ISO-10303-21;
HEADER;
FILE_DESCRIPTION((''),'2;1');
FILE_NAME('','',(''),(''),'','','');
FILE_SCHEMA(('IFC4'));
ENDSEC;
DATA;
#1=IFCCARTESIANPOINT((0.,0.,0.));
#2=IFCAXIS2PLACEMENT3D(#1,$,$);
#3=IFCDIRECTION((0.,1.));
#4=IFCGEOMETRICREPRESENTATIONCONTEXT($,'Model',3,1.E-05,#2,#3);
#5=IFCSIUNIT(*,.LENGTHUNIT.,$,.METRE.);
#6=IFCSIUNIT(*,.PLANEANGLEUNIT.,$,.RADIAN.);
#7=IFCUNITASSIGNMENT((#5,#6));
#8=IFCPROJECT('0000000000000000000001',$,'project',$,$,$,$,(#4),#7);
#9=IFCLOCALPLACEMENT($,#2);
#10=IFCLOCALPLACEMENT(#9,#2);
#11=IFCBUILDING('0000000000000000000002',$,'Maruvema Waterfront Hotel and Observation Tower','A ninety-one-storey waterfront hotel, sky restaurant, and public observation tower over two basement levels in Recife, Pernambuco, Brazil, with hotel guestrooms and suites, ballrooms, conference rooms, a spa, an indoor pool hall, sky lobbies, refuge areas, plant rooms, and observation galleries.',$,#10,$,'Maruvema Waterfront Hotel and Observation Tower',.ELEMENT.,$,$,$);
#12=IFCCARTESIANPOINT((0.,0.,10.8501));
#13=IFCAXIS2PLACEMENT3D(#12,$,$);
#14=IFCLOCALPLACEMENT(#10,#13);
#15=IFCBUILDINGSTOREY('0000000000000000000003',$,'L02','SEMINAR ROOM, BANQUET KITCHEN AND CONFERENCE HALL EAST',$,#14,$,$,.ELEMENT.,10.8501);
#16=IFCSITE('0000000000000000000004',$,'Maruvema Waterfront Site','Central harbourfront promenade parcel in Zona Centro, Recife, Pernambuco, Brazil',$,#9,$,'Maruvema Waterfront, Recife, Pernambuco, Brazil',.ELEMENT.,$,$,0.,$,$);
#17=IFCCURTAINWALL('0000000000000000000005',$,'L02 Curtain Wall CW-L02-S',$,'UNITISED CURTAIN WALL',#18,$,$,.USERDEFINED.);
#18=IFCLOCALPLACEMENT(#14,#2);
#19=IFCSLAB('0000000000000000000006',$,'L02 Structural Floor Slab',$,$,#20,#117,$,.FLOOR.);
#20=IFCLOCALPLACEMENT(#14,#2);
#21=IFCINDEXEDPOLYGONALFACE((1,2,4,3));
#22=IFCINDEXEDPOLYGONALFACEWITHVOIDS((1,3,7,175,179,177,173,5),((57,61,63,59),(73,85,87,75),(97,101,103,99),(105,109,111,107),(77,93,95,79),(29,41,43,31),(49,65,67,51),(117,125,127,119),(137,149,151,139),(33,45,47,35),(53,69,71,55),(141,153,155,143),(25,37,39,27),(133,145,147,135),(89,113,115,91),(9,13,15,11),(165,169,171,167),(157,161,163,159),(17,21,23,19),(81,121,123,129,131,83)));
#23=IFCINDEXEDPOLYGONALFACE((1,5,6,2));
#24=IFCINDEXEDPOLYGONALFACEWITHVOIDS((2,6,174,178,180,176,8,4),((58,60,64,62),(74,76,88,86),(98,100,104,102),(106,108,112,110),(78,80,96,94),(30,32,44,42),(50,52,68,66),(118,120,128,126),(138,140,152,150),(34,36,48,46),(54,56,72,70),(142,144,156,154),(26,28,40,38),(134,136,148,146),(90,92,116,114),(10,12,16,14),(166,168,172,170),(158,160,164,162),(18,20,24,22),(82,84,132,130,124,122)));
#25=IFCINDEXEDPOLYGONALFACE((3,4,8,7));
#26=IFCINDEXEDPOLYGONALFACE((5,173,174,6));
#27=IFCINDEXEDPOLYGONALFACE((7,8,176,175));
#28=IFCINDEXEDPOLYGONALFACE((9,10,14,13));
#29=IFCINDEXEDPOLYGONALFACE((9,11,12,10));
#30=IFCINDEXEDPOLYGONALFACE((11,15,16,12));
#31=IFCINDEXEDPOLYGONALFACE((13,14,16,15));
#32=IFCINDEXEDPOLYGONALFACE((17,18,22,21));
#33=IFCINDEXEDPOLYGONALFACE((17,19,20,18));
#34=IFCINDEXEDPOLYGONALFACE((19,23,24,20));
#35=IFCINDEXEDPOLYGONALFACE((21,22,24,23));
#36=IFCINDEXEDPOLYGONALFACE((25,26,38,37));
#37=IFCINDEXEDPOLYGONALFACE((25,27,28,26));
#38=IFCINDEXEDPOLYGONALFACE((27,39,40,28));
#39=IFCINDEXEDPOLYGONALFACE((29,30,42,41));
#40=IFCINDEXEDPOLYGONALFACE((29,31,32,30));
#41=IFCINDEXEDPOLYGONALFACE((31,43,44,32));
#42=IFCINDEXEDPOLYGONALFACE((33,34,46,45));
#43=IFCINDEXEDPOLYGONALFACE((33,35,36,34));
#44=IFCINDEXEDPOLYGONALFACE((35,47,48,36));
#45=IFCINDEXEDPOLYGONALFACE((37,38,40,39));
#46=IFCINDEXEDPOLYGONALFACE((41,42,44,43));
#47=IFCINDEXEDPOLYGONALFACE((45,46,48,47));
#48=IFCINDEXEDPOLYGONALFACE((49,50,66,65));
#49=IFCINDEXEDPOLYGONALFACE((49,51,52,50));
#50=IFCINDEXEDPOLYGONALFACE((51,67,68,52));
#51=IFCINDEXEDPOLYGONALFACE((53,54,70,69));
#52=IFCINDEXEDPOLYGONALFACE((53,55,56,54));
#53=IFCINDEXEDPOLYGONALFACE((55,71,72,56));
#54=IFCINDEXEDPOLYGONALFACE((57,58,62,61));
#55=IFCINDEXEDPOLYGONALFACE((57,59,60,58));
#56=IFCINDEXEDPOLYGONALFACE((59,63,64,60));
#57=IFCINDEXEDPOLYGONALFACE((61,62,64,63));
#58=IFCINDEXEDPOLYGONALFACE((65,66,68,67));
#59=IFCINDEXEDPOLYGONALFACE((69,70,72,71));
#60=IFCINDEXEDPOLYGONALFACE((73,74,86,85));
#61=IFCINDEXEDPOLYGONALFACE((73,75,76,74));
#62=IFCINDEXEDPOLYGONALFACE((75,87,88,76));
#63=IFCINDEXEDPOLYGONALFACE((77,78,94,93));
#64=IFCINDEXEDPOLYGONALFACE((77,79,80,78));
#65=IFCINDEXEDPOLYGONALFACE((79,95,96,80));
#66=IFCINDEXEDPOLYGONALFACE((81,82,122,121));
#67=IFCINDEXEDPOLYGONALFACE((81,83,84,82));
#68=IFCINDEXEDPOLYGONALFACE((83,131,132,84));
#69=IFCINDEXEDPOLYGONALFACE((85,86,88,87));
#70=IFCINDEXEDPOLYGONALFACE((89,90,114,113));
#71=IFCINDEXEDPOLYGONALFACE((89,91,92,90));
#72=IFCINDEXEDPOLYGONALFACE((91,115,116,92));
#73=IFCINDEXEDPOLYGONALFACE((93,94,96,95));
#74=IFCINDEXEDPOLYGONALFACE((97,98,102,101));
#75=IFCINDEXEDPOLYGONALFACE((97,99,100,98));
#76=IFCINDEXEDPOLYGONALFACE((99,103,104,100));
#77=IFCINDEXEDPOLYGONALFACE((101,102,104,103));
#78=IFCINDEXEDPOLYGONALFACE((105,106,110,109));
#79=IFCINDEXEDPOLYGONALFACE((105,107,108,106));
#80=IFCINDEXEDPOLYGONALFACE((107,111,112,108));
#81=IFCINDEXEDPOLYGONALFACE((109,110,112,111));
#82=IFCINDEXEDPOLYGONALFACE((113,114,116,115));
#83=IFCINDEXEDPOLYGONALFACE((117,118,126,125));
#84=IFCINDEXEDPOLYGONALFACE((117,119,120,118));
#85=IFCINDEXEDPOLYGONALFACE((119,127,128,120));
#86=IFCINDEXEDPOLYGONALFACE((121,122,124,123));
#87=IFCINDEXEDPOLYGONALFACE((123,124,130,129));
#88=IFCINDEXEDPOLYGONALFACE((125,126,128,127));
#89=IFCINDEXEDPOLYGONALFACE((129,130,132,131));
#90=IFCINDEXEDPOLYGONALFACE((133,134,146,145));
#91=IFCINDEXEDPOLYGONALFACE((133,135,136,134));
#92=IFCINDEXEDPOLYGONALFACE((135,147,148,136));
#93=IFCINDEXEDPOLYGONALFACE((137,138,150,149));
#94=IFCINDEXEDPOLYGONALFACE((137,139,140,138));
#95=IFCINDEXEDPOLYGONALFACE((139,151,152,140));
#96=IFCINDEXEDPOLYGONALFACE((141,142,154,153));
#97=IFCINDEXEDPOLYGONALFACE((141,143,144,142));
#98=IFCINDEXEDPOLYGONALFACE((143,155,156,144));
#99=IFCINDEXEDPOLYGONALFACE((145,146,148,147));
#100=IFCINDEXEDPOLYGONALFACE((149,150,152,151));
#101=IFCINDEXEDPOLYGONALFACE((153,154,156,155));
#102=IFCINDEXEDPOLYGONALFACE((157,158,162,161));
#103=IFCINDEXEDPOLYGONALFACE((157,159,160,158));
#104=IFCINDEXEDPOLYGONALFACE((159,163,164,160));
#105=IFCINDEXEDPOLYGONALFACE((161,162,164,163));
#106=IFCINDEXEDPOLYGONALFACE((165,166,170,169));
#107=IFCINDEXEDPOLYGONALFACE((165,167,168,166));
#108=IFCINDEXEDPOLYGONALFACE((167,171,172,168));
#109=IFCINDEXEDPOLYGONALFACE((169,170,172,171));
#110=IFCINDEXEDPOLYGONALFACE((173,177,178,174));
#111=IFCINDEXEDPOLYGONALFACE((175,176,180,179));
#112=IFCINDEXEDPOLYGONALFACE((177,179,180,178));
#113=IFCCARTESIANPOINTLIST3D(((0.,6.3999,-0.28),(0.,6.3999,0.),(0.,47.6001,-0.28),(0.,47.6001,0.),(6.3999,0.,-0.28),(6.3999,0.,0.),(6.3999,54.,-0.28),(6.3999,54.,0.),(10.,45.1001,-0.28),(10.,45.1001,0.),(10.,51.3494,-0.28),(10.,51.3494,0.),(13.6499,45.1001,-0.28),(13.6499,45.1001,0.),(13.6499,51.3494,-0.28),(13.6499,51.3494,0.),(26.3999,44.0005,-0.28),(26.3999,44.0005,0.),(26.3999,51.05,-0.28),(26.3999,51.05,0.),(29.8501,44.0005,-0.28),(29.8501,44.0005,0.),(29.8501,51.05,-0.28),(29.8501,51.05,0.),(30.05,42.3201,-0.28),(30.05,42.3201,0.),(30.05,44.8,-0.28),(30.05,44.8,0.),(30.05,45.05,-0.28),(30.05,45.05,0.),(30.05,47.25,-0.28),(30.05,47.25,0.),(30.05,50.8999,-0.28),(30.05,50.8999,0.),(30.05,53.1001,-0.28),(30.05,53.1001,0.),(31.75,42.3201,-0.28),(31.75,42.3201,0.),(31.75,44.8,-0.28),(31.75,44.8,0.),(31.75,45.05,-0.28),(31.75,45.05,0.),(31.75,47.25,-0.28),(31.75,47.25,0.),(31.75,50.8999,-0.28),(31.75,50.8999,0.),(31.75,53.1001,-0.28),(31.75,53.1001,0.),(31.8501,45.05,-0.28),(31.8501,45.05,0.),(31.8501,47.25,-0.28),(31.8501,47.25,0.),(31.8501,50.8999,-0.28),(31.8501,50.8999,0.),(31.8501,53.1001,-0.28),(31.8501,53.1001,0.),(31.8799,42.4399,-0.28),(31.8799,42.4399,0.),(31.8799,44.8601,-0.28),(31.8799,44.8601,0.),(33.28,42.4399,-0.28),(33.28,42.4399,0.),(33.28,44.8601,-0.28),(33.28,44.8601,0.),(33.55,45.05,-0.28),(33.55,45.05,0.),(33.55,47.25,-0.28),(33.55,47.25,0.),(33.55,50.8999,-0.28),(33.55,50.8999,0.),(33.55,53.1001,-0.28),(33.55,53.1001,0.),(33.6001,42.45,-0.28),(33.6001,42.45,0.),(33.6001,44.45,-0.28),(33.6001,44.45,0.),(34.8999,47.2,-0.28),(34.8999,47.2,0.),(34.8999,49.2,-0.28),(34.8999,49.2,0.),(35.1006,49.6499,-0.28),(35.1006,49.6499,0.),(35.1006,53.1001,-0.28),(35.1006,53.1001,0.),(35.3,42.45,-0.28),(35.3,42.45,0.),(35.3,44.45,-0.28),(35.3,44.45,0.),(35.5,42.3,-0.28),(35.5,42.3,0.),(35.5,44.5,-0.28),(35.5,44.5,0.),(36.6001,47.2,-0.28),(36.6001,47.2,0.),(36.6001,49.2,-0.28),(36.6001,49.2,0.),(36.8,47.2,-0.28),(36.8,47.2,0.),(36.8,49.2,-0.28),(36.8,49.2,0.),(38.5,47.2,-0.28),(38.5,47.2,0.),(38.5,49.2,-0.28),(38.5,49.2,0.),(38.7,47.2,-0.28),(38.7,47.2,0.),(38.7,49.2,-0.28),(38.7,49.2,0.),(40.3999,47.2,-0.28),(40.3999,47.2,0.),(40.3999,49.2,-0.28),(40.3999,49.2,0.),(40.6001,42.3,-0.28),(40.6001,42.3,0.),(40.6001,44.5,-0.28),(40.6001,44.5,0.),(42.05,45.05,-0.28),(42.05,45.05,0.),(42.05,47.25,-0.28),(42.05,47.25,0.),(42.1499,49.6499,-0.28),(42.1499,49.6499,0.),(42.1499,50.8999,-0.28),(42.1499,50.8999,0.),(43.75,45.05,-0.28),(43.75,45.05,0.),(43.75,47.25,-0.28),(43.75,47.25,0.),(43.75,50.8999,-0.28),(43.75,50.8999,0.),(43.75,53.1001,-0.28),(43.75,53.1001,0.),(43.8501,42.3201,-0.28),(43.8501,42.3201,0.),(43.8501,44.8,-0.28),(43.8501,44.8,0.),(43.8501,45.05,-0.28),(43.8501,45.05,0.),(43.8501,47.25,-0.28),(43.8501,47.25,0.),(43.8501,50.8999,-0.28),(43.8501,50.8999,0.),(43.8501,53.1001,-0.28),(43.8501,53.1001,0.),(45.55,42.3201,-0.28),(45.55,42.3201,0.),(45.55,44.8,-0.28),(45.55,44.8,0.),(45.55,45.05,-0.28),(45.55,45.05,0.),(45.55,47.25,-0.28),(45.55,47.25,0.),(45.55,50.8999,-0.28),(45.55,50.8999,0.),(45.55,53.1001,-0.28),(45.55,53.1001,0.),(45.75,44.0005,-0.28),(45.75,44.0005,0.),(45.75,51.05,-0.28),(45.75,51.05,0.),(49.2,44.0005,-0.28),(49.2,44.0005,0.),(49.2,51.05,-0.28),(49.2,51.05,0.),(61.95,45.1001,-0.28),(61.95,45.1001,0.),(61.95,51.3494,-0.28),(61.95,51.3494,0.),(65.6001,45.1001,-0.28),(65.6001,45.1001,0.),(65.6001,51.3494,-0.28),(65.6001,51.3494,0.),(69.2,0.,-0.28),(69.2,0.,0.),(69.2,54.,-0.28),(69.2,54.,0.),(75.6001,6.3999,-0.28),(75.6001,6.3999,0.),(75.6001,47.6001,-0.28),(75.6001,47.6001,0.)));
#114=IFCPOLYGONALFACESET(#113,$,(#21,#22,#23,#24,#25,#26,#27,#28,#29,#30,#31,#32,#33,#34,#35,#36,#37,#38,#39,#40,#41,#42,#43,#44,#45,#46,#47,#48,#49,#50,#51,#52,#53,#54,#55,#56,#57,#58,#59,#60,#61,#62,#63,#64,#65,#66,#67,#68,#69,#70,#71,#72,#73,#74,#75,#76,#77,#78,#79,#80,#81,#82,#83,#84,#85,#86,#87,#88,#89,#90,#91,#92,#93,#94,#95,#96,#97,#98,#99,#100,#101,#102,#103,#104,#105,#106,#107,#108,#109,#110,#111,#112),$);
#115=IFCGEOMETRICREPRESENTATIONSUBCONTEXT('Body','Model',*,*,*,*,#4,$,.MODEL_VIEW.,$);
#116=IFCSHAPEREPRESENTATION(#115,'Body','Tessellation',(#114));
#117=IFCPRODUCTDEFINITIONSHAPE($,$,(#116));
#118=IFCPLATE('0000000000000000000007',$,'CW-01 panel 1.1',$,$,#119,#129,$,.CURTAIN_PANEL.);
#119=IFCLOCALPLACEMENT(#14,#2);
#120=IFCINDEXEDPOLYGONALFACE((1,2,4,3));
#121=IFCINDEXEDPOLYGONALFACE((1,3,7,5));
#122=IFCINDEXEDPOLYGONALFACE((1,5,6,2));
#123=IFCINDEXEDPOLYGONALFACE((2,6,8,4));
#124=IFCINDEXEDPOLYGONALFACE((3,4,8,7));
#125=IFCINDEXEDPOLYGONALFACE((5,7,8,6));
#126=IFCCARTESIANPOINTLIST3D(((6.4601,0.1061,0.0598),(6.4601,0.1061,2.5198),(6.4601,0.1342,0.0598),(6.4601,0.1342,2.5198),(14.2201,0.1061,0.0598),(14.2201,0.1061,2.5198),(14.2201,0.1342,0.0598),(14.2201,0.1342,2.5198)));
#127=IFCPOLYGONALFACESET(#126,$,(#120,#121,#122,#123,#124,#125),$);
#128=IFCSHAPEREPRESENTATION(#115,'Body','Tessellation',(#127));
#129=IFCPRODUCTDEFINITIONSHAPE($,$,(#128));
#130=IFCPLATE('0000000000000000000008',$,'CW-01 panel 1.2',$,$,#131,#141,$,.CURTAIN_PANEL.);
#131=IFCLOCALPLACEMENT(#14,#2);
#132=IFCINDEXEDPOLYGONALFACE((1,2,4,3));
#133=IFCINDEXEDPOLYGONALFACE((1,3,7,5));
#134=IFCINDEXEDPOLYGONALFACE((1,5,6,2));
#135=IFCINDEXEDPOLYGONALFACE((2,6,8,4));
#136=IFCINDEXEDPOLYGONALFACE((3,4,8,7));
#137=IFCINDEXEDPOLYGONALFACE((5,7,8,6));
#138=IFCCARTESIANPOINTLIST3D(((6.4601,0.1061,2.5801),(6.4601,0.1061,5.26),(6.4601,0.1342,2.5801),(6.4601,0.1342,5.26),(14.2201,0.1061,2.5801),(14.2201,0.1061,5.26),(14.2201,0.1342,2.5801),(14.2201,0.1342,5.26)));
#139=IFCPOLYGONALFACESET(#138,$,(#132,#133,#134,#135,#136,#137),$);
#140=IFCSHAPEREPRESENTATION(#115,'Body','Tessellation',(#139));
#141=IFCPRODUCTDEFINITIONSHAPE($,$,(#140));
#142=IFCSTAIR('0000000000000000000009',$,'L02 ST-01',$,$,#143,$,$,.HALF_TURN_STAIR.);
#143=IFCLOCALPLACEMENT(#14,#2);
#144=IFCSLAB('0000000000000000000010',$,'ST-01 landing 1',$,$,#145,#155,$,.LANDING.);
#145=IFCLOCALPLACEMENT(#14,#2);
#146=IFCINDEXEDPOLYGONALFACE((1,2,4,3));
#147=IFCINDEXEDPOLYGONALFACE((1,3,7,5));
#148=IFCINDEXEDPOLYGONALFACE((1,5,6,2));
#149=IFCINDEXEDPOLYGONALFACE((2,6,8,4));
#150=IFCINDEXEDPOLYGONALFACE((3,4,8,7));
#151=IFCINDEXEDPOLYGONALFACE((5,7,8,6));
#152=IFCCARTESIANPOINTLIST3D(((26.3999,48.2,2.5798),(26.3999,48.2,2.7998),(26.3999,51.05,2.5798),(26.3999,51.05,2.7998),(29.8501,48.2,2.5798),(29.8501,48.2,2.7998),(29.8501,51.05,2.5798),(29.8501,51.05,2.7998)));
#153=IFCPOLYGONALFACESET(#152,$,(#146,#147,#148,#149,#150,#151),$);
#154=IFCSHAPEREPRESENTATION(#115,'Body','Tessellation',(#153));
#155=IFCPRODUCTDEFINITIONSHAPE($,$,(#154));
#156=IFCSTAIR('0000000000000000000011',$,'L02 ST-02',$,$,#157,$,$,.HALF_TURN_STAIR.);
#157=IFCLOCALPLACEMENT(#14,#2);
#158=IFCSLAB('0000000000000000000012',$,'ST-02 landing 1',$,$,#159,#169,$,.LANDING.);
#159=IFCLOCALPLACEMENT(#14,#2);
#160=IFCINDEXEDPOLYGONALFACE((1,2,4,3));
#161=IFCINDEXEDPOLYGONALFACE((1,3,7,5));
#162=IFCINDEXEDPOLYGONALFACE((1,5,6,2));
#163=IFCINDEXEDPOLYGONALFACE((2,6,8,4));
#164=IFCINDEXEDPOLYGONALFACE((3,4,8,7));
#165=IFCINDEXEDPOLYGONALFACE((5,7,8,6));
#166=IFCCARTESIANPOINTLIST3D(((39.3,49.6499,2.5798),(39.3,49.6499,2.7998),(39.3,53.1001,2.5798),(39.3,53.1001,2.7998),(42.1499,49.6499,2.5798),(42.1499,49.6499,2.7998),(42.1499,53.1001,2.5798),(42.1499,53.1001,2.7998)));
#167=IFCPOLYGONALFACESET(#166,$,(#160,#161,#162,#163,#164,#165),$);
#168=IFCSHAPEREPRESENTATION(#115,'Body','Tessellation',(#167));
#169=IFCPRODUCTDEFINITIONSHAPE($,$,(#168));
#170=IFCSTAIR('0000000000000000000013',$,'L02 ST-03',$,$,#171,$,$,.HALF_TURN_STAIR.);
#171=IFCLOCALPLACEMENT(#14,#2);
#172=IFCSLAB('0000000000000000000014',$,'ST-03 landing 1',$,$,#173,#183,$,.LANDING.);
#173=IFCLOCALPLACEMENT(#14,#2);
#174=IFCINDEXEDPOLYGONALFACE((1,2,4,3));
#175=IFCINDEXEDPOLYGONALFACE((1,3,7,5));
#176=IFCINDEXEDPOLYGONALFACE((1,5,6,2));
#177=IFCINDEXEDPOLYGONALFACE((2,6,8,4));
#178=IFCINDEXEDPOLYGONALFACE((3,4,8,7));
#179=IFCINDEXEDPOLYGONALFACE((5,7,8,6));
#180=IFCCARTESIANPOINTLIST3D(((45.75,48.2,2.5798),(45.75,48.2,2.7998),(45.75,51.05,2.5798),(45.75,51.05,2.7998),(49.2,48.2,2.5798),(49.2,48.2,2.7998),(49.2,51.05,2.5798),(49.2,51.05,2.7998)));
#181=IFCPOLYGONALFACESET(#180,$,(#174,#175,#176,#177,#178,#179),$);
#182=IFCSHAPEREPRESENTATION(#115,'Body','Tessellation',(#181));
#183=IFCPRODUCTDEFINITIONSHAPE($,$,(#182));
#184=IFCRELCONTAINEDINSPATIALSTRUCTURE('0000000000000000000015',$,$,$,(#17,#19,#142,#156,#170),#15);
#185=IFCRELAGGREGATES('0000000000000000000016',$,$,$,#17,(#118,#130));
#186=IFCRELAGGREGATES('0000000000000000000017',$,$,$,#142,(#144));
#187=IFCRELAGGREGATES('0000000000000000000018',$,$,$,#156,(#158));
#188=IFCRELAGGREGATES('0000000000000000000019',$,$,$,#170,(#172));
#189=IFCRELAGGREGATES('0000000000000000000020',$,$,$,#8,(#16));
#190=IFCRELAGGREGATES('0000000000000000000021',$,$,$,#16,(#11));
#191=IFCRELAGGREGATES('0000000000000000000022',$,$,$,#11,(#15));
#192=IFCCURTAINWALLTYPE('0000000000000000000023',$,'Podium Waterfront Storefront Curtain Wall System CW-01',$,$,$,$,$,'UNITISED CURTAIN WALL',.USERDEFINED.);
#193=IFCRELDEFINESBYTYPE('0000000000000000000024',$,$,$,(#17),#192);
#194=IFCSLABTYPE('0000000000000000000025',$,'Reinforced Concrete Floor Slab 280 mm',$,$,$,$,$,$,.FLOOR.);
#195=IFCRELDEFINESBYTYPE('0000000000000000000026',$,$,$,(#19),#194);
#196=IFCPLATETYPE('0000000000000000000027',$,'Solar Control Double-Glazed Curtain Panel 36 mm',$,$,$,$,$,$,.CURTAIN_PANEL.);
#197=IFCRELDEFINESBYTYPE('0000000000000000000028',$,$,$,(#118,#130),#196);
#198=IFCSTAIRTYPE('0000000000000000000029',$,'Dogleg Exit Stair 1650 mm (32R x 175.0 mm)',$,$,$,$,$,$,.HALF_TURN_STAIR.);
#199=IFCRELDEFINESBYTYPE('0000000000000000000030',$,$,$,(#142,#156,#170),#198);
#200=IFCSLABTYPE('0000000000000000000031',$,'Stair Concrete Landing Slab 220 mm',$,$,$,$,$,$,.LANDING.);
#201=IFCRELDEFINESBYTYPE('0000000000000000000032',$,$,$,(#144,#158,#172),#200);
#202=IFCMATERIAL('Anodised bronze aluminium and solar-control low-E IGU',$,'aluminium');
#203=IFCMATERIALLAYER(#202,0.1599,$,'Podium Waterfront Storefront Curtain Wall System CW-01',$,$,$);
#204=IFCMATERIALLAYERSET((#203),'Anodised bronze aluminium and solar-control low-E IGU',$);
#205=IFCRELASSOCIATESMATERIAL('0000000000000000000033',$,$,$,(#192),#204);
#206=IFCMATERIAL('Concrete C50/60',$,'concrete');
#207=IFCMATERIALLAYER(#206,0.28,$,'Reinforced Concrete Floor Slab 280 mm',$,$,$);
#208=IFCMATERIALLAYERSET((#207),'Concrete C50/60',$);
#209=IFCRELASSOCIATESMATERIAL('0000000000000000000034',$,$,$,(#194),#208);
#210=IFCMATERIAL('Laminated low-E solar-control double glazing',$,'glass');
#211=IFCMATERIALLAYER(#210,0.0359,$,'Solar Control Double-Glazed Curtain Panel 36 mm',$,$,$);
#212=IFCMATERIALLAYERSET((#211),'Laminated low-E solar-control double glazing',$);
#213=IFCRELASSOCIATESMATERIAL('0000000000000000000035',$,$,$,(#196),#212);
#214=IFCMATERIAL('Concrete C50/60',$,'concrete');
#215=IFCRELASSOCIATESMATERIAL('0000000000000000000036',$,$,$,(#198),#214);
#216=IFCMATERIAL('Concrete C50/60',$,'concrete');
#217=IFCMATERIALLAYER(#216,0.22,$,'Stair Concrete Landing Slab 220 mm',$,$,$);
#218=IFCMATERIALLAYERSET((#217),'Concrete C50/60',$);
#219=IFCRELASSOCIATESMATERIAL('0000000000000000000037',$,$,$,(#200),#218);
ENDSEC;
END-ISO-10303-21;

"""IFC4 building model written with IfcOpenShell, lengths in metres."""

from ifc_helpers import new_model, si_unit, direction, frame, origin, origin_2d, place, context, subcontext, project, spatial, polyline, rectangle, outline, extrude, material, layer, layer_set, type_object, element, aggregate, save


model = new_model("IFC4")

# Units and contexts
model_context = context("Model", 3, precision=1e-05, world=origin(), true_north=direction((0.0, 1.0)))
body_context = subcontext(model_context, "Body", "Model", "MODEL_VIEW")
ifc_project = project(units=[si_unit("LENGTHUNIT", "METRE"), si_unit("PLANEANGLEUNIT", "RADIAN")], contexts=[model_context])

# Site, building, storey
site_placement = place(None, origin())
site = spatial("IfcSite", under=ifc_project, at=site_placement, Name="Maruvema Waterfront Site", Description="Central harbourfront promenade parcel in Zona Centro, Recife, Pernambuco, Brazil", LongName="Maruvema Waterfront, Recife, Pernambuco, Brazil", CompositionType="ELEMENT", RefElevation=0.0)
building_placement = place(site_placement, origin())
building = spatial("IfcBuilding", under=site, at=building_placement, Name="Maruvema Waterfront Hotel and Observation Tower", Description="A ninety-one-storey waterfront hotel, sky restaurant, and public observation tower over two basement levels in Recife, Pernambuco, Brazil, with hotel guestrooms and suites, ballrooms, conference rooms, a spa, an indoor pool hall, sky lobbies, refuge areas, plant rooms, and observation galleries.", LongName="Maruvema Waterfront Hotel and Observation Tower", CompositionType="ELEMENT")
storey_placement = place(building_placement, frame((0.0, 0.0, 10.8501)))
storey = spatial("IfcBuildingStorey", under=building, at=storey_placement, Name="L02", Description="SEMINAR ROOM, BANQUET KITCHEN AND CONFERENCE HALL EAST", CompositionType="ELEMENT", Elevation=10.8501)

# Curtain wall
ifc_material_1 = material(Name="Anodised bronze aluminium and solar-control low-E IGU", Category="aluminium")
ifc_layer_1 = layer(ifc_material_1, 0.1599, Name="Podium Waterfront Storefront Curtain Wall System CW-01")
ifc_layer_set_1 = layer_set([ifc_layer_1], Name="Anodised bronze aluminium and solar-control low-E IGU")
curtain_wall_type = type_object("IfcCurtainWallType", Name="Podium Waterfront Storefront Curtain Wall System CW-01", ElementType="UNITISED CURTAIN WALL", PredefinedType="USERDEFINED", material=ifc_layer_set_1)
curtain_wall_1_placement = place(storey_placement, origin())
curtain_wall_1 = element("IfcCurtainWall", 1, at=curtain_wall_1_placement, inside=storey, type_object=curtain_wall_type, Name="L02 Curtain Wall CW-L02-S", ObjectType="UNITISED CURTAIN WALL", PredefinedType="USERDEFINED")

# Slab
ifc_material_2 = material(Name="Concrete C50/60", Category="concrete")
ifc_layer_2 = layer(ifc_material_2, 0.28, Name="Reinforced Concrete Floor Slab 280 mm")
ifc_layer_set_2 = layer_set([ifc_layer_2], Name="Concrete C50/60")
slab_type_1 = type_object("IfcSlabType", Name="Reinforced Concrete Floor Slab 280 mm", PredefinedType="FLOOR", material=ifc_layer_set_2)
slab_1_placement = place(storey_placement, frame((0.0, 0.0, -0.28)))
element("IfcSlab", 2, at=slab_1_placement, inside=storey, type_object=slab_type_1, Name="L02 Structural Floor Slab", PredefinedType="FLOOR", context=body_context, shape_type="SweptSolid", body=[
    extrude(outline(polyline([(6.3999, 0.0), (69.2, 0.0), (75.6001, 6.3999), (75.6001, 47.6001), (69.2, 54.0), (6.3999, 54.0), (0.0, 47.6001), (0.0, 6.3999), (6.3999, 0.0)]), holes=[polyline([(13.6499, 45.1001), (10.0, 45.1001), (10.0, 51.3494), (13.6499, 51.3494), (13.6499, 45.1001)]), polyline([(26.3999, 51.05), (29.8501, 51.05), (29.8501, 44.0005), (26.3999, 44.0005), (26.3999, 51.05)]), polyline([(30.05, 44.8), (31.75, 44.8), (31.75, 42.3201), (30.05, 42.3201), (30.05, 44.8)]), polyline([(31.75, 47.25), (31.75, 45.05), (30.05, 45.05), (30.05, 47.25), (31.75, 47.25)]), polyline([(31.75, 53.1001), (31.75, 50.8999), (30.05, 50.8999), (30.05, 53.1001), (31.75, 53.1001)]), polyline([(33.28, 44.8601), (33.28, 42.4399), (31.8799, 42.4399), (31.8799, 44.8601), (33.28, 44.8601)]), polyline([(31.8501, 47.25), (33.55, 47.25), (33.55, 45.05), (31.8501, 45.05), (31.8501, 47.25)]), polyline([(31.8501, 53.1001), (33.55, 53.1001), (33.55, 50.8999), (31.8501, 50.8999), (31.8501, 53.1001)]), polyline([(33.6001, 44.45), (35.3, 44.45), (35.3, 42.45), (33.6001, 42.45), (33.6001, 44.45)]), polyline([(36.6001, 49.2), (36.6001, 47.2), (34.8999, 47.2), (34.8999, 49.2), (36.6001, 49.2)]), polyline([(36.8, 49.2), (38.5, 49.2), (38.5, 47.2), (36.8, 47.2), (36.8, 49.2)]), polyline([(35.5, 44.5), (40.6001, 44.5), (40.6001, 42.3), (35.5, 42.3), (35.5, 44.5)]), polyline([(43.75, 50.8999), (42.1499, 50.8999), (42.1499, 49.6499), (35.1006, 49.6499), (35.1006, 53.1001), (43.75, 53.1001), (43.75, 50.8999)]), polyline([(40.3999, 49.2), (40.3999, 47.2), (38.7, 47.2), (38.7, 49.2), (40.3999, 49.2)]), polyline([(43.75, 47.25), (43.75, 45.05), (42.05, 45.05), (42.05, 47.25), (43.75, 47.25)]), polyline([(43.8501, 44.8), (45.55, 44.8), (45.55, 42.3201), (43.8501, 42.3201), (43.8501, 44.8)]), polyline([(45.55, 47.25), (45.55, 45.05), (43.8501, 45.05), (43.8501, 47.25), (45.55, 47.25)]), polyline([(45.55, 53.1001), (45.55, 50.8999), (43.8501, 50.8999), (43.8501, 53.1001), (45.55, 53.1001)]), polyline([(45.75, 44.0005), (45.75, 51.05), (49.2, 51.05), (49.2, 44.0005), (45.75, 44.0005)]), polyline([(65.6001, 45.1001), (61.95, 45.1001), (61.95, 51.3494), (65.6001, 51.3494), (65.6001, 45.1001)])]), origin(), (0.0, 0.0, 1.0), 0.28),
])

# Plates
ifc_material_3 = material(Name="Laminated low-E solar-control double glazing", Category="glass")
ifc_layer_3 = layer(ifc_material_3, 0.0359, Name="Solar Control Double-Glazed Curtain Panel 36 mm")
ifc_layer_set_3 = layer_set([ifc_layer_3], Name="Laminated low-E solar-control double glazing")
plate_type = type_object("IfcPlateType", Name="Solar Control Double-Glazed Curtain Panel 36 mm", PredefinedType="CURTAIN_PANEL", material=ifc_layer_set_3)
plate_1_placement = place(storey_placement, frame((10.3401, 0.1201, 0.0598), z_axis=(0.0, 0.0, 1.0), x_axis=(1.0, 0.0, 0.0)))
plate_1 = element("IfcPlate", 3, at=plate_1_placement, type_object=plate_type, Name="CW-01 panel 1.1", PredefinedType="CURTAIN_PANEL", context=body_context, shape_type="SweptSolid", body=[
    extrude(rectangle(XDim=7.76, YDim=0.0281, at=origin_2d()), origin(), (0.0, 0.0, 1.0), 2.46),
])
plate_2_placement = place(storey_placement, frame((10.3401, 0.1201, 2.5801), z_axis=(0.0, 0.0, 1.0), x_axis=(1.0, 0.0, 0.0)))
plate_2 = element("IfcPlate", 4, at=plate_2_placement, type_object=plate_type, Name="CW-01 panel 1.2", PredefinedType="CURTAIN_PANEL", context=body_context, shape_type="SweptSolid", body=[
    extrude(rectangle(XDim=7.76, YDim=0.0281, at=origin_2d()), origin(), (0.0, 0.0, 1.0), 2.6799),
])
aggregate(curtain_wall_1, [plate_1, plate_2])

# Stairs, slabs
ifc_material_4 = material(Name="Concrete C50/60", Category="concrete")
stair_type_1 = type_object("IfcStairType", Name="Dogleg Exit Stair 1650 mm (32R x 175.0 mm)", PredefinedType="HALF_TURN_STAIR", material=ifc_material_4)
stair_1_placement = place(storey_placement, origin())
stair_1 = element("IfcStair", 5, at=stair_1_placement, inside=storey, type_object=stair_type_1, Name="L02 ST-01", PredefinedType="HALF_TURN_STAIR")
ifc_material_5 = material(Name="Concrete C50/60", Category="concrete")
ifc_layer_4 = layer(ifc_material_5, 0.22, Name="Stair Concrete Landing Slab 220 mm")
ifc_layer_set_4 = layer_set([ifc_layer_4], Name="Concrete C50/60")
slab_type_2 = type_object("IfcSlabType", Name="Stair Concrete Landing Slab 220 mm", PredefinedType="LANDING", material=ifc_layer_set_4)
slab_2_placement = place(storey_placement, frame((0.0, 0.0, 2.5798)))
slab_2 = element("IfcSlab", 6, at=slab_2_placement, type_object=slab_type_2, Name="ST-01 landing 1", PredefinedType="LANDING", context=body_context, shape_type="SweptSolid", body=[
    extrude(outline(polyline([(29.8501, 48.2), (29.8501, 51.05), (26.3999, 51.05), (26.3999, 48.2), (29.8501, 48.2)])), origin(), (0.0, 0.0, 1.0), 0.22),
])
aggregate(stair_1, [slab_2])
stair_2_placement = place(storey_placement, origin())
stair_2 = element("IfcStair", 7, at=stair_2_placement, inside=storey, type_object=stair_type_1, Name="L02 ST-02", PredefinedType="HALF_TURN_STAIR")
slab_3_placement = place(storey_placement, frame((0.0, 0.0, 2.5798)))
slab_3 = element("IfcSlab", 8, at=slab_3_placement, type_object=slab_type_2, Name="ST-02 landing 1", PredefinedType="LANDING", context=body_context, shape_type="SweptSolid", body=[
    extrude(outline(polyline([(39.3, 49.6499), (42.1499, 49.6499), (42.1499, 53.1001), (39.3, 53.1001), (39.3, 49.6499)])), origin(), (0.0, 0.0, 1.0), 0.22),
])
aggregate(stair_2, [slab_3])
stair_3_placement = place(storey_placement, origin())
stair_3 = element("IfcStair", 9, at=stair_3_placement, inside=storey, type_object=stair_type_1, Name="L02 ST-03", PredefinedType="HALF_TURN_STAIR")
slab_4_placement = place(storey_placement, frame((0.0, 0.0, 2.5798)))
slab_4 = element("IfcSlab", 10, at=slab_4_placement, type_object=slab_type_2, Name="ST-03 landing 1", PredefinedType="LANDING", context=body_context, shape_type="SweptSolid", body=[
    extrude(outline(polyline([(49.2, 48.2), (49.2, 51.05), (45.75, 51.05), (45.75, 48.2), (49.2, 48.2)])), origin(), (0.0, 0.0, 1.0), 0.22),
])
aggregate(stair_3, [slab_4])

save(model, "model.ifc")
